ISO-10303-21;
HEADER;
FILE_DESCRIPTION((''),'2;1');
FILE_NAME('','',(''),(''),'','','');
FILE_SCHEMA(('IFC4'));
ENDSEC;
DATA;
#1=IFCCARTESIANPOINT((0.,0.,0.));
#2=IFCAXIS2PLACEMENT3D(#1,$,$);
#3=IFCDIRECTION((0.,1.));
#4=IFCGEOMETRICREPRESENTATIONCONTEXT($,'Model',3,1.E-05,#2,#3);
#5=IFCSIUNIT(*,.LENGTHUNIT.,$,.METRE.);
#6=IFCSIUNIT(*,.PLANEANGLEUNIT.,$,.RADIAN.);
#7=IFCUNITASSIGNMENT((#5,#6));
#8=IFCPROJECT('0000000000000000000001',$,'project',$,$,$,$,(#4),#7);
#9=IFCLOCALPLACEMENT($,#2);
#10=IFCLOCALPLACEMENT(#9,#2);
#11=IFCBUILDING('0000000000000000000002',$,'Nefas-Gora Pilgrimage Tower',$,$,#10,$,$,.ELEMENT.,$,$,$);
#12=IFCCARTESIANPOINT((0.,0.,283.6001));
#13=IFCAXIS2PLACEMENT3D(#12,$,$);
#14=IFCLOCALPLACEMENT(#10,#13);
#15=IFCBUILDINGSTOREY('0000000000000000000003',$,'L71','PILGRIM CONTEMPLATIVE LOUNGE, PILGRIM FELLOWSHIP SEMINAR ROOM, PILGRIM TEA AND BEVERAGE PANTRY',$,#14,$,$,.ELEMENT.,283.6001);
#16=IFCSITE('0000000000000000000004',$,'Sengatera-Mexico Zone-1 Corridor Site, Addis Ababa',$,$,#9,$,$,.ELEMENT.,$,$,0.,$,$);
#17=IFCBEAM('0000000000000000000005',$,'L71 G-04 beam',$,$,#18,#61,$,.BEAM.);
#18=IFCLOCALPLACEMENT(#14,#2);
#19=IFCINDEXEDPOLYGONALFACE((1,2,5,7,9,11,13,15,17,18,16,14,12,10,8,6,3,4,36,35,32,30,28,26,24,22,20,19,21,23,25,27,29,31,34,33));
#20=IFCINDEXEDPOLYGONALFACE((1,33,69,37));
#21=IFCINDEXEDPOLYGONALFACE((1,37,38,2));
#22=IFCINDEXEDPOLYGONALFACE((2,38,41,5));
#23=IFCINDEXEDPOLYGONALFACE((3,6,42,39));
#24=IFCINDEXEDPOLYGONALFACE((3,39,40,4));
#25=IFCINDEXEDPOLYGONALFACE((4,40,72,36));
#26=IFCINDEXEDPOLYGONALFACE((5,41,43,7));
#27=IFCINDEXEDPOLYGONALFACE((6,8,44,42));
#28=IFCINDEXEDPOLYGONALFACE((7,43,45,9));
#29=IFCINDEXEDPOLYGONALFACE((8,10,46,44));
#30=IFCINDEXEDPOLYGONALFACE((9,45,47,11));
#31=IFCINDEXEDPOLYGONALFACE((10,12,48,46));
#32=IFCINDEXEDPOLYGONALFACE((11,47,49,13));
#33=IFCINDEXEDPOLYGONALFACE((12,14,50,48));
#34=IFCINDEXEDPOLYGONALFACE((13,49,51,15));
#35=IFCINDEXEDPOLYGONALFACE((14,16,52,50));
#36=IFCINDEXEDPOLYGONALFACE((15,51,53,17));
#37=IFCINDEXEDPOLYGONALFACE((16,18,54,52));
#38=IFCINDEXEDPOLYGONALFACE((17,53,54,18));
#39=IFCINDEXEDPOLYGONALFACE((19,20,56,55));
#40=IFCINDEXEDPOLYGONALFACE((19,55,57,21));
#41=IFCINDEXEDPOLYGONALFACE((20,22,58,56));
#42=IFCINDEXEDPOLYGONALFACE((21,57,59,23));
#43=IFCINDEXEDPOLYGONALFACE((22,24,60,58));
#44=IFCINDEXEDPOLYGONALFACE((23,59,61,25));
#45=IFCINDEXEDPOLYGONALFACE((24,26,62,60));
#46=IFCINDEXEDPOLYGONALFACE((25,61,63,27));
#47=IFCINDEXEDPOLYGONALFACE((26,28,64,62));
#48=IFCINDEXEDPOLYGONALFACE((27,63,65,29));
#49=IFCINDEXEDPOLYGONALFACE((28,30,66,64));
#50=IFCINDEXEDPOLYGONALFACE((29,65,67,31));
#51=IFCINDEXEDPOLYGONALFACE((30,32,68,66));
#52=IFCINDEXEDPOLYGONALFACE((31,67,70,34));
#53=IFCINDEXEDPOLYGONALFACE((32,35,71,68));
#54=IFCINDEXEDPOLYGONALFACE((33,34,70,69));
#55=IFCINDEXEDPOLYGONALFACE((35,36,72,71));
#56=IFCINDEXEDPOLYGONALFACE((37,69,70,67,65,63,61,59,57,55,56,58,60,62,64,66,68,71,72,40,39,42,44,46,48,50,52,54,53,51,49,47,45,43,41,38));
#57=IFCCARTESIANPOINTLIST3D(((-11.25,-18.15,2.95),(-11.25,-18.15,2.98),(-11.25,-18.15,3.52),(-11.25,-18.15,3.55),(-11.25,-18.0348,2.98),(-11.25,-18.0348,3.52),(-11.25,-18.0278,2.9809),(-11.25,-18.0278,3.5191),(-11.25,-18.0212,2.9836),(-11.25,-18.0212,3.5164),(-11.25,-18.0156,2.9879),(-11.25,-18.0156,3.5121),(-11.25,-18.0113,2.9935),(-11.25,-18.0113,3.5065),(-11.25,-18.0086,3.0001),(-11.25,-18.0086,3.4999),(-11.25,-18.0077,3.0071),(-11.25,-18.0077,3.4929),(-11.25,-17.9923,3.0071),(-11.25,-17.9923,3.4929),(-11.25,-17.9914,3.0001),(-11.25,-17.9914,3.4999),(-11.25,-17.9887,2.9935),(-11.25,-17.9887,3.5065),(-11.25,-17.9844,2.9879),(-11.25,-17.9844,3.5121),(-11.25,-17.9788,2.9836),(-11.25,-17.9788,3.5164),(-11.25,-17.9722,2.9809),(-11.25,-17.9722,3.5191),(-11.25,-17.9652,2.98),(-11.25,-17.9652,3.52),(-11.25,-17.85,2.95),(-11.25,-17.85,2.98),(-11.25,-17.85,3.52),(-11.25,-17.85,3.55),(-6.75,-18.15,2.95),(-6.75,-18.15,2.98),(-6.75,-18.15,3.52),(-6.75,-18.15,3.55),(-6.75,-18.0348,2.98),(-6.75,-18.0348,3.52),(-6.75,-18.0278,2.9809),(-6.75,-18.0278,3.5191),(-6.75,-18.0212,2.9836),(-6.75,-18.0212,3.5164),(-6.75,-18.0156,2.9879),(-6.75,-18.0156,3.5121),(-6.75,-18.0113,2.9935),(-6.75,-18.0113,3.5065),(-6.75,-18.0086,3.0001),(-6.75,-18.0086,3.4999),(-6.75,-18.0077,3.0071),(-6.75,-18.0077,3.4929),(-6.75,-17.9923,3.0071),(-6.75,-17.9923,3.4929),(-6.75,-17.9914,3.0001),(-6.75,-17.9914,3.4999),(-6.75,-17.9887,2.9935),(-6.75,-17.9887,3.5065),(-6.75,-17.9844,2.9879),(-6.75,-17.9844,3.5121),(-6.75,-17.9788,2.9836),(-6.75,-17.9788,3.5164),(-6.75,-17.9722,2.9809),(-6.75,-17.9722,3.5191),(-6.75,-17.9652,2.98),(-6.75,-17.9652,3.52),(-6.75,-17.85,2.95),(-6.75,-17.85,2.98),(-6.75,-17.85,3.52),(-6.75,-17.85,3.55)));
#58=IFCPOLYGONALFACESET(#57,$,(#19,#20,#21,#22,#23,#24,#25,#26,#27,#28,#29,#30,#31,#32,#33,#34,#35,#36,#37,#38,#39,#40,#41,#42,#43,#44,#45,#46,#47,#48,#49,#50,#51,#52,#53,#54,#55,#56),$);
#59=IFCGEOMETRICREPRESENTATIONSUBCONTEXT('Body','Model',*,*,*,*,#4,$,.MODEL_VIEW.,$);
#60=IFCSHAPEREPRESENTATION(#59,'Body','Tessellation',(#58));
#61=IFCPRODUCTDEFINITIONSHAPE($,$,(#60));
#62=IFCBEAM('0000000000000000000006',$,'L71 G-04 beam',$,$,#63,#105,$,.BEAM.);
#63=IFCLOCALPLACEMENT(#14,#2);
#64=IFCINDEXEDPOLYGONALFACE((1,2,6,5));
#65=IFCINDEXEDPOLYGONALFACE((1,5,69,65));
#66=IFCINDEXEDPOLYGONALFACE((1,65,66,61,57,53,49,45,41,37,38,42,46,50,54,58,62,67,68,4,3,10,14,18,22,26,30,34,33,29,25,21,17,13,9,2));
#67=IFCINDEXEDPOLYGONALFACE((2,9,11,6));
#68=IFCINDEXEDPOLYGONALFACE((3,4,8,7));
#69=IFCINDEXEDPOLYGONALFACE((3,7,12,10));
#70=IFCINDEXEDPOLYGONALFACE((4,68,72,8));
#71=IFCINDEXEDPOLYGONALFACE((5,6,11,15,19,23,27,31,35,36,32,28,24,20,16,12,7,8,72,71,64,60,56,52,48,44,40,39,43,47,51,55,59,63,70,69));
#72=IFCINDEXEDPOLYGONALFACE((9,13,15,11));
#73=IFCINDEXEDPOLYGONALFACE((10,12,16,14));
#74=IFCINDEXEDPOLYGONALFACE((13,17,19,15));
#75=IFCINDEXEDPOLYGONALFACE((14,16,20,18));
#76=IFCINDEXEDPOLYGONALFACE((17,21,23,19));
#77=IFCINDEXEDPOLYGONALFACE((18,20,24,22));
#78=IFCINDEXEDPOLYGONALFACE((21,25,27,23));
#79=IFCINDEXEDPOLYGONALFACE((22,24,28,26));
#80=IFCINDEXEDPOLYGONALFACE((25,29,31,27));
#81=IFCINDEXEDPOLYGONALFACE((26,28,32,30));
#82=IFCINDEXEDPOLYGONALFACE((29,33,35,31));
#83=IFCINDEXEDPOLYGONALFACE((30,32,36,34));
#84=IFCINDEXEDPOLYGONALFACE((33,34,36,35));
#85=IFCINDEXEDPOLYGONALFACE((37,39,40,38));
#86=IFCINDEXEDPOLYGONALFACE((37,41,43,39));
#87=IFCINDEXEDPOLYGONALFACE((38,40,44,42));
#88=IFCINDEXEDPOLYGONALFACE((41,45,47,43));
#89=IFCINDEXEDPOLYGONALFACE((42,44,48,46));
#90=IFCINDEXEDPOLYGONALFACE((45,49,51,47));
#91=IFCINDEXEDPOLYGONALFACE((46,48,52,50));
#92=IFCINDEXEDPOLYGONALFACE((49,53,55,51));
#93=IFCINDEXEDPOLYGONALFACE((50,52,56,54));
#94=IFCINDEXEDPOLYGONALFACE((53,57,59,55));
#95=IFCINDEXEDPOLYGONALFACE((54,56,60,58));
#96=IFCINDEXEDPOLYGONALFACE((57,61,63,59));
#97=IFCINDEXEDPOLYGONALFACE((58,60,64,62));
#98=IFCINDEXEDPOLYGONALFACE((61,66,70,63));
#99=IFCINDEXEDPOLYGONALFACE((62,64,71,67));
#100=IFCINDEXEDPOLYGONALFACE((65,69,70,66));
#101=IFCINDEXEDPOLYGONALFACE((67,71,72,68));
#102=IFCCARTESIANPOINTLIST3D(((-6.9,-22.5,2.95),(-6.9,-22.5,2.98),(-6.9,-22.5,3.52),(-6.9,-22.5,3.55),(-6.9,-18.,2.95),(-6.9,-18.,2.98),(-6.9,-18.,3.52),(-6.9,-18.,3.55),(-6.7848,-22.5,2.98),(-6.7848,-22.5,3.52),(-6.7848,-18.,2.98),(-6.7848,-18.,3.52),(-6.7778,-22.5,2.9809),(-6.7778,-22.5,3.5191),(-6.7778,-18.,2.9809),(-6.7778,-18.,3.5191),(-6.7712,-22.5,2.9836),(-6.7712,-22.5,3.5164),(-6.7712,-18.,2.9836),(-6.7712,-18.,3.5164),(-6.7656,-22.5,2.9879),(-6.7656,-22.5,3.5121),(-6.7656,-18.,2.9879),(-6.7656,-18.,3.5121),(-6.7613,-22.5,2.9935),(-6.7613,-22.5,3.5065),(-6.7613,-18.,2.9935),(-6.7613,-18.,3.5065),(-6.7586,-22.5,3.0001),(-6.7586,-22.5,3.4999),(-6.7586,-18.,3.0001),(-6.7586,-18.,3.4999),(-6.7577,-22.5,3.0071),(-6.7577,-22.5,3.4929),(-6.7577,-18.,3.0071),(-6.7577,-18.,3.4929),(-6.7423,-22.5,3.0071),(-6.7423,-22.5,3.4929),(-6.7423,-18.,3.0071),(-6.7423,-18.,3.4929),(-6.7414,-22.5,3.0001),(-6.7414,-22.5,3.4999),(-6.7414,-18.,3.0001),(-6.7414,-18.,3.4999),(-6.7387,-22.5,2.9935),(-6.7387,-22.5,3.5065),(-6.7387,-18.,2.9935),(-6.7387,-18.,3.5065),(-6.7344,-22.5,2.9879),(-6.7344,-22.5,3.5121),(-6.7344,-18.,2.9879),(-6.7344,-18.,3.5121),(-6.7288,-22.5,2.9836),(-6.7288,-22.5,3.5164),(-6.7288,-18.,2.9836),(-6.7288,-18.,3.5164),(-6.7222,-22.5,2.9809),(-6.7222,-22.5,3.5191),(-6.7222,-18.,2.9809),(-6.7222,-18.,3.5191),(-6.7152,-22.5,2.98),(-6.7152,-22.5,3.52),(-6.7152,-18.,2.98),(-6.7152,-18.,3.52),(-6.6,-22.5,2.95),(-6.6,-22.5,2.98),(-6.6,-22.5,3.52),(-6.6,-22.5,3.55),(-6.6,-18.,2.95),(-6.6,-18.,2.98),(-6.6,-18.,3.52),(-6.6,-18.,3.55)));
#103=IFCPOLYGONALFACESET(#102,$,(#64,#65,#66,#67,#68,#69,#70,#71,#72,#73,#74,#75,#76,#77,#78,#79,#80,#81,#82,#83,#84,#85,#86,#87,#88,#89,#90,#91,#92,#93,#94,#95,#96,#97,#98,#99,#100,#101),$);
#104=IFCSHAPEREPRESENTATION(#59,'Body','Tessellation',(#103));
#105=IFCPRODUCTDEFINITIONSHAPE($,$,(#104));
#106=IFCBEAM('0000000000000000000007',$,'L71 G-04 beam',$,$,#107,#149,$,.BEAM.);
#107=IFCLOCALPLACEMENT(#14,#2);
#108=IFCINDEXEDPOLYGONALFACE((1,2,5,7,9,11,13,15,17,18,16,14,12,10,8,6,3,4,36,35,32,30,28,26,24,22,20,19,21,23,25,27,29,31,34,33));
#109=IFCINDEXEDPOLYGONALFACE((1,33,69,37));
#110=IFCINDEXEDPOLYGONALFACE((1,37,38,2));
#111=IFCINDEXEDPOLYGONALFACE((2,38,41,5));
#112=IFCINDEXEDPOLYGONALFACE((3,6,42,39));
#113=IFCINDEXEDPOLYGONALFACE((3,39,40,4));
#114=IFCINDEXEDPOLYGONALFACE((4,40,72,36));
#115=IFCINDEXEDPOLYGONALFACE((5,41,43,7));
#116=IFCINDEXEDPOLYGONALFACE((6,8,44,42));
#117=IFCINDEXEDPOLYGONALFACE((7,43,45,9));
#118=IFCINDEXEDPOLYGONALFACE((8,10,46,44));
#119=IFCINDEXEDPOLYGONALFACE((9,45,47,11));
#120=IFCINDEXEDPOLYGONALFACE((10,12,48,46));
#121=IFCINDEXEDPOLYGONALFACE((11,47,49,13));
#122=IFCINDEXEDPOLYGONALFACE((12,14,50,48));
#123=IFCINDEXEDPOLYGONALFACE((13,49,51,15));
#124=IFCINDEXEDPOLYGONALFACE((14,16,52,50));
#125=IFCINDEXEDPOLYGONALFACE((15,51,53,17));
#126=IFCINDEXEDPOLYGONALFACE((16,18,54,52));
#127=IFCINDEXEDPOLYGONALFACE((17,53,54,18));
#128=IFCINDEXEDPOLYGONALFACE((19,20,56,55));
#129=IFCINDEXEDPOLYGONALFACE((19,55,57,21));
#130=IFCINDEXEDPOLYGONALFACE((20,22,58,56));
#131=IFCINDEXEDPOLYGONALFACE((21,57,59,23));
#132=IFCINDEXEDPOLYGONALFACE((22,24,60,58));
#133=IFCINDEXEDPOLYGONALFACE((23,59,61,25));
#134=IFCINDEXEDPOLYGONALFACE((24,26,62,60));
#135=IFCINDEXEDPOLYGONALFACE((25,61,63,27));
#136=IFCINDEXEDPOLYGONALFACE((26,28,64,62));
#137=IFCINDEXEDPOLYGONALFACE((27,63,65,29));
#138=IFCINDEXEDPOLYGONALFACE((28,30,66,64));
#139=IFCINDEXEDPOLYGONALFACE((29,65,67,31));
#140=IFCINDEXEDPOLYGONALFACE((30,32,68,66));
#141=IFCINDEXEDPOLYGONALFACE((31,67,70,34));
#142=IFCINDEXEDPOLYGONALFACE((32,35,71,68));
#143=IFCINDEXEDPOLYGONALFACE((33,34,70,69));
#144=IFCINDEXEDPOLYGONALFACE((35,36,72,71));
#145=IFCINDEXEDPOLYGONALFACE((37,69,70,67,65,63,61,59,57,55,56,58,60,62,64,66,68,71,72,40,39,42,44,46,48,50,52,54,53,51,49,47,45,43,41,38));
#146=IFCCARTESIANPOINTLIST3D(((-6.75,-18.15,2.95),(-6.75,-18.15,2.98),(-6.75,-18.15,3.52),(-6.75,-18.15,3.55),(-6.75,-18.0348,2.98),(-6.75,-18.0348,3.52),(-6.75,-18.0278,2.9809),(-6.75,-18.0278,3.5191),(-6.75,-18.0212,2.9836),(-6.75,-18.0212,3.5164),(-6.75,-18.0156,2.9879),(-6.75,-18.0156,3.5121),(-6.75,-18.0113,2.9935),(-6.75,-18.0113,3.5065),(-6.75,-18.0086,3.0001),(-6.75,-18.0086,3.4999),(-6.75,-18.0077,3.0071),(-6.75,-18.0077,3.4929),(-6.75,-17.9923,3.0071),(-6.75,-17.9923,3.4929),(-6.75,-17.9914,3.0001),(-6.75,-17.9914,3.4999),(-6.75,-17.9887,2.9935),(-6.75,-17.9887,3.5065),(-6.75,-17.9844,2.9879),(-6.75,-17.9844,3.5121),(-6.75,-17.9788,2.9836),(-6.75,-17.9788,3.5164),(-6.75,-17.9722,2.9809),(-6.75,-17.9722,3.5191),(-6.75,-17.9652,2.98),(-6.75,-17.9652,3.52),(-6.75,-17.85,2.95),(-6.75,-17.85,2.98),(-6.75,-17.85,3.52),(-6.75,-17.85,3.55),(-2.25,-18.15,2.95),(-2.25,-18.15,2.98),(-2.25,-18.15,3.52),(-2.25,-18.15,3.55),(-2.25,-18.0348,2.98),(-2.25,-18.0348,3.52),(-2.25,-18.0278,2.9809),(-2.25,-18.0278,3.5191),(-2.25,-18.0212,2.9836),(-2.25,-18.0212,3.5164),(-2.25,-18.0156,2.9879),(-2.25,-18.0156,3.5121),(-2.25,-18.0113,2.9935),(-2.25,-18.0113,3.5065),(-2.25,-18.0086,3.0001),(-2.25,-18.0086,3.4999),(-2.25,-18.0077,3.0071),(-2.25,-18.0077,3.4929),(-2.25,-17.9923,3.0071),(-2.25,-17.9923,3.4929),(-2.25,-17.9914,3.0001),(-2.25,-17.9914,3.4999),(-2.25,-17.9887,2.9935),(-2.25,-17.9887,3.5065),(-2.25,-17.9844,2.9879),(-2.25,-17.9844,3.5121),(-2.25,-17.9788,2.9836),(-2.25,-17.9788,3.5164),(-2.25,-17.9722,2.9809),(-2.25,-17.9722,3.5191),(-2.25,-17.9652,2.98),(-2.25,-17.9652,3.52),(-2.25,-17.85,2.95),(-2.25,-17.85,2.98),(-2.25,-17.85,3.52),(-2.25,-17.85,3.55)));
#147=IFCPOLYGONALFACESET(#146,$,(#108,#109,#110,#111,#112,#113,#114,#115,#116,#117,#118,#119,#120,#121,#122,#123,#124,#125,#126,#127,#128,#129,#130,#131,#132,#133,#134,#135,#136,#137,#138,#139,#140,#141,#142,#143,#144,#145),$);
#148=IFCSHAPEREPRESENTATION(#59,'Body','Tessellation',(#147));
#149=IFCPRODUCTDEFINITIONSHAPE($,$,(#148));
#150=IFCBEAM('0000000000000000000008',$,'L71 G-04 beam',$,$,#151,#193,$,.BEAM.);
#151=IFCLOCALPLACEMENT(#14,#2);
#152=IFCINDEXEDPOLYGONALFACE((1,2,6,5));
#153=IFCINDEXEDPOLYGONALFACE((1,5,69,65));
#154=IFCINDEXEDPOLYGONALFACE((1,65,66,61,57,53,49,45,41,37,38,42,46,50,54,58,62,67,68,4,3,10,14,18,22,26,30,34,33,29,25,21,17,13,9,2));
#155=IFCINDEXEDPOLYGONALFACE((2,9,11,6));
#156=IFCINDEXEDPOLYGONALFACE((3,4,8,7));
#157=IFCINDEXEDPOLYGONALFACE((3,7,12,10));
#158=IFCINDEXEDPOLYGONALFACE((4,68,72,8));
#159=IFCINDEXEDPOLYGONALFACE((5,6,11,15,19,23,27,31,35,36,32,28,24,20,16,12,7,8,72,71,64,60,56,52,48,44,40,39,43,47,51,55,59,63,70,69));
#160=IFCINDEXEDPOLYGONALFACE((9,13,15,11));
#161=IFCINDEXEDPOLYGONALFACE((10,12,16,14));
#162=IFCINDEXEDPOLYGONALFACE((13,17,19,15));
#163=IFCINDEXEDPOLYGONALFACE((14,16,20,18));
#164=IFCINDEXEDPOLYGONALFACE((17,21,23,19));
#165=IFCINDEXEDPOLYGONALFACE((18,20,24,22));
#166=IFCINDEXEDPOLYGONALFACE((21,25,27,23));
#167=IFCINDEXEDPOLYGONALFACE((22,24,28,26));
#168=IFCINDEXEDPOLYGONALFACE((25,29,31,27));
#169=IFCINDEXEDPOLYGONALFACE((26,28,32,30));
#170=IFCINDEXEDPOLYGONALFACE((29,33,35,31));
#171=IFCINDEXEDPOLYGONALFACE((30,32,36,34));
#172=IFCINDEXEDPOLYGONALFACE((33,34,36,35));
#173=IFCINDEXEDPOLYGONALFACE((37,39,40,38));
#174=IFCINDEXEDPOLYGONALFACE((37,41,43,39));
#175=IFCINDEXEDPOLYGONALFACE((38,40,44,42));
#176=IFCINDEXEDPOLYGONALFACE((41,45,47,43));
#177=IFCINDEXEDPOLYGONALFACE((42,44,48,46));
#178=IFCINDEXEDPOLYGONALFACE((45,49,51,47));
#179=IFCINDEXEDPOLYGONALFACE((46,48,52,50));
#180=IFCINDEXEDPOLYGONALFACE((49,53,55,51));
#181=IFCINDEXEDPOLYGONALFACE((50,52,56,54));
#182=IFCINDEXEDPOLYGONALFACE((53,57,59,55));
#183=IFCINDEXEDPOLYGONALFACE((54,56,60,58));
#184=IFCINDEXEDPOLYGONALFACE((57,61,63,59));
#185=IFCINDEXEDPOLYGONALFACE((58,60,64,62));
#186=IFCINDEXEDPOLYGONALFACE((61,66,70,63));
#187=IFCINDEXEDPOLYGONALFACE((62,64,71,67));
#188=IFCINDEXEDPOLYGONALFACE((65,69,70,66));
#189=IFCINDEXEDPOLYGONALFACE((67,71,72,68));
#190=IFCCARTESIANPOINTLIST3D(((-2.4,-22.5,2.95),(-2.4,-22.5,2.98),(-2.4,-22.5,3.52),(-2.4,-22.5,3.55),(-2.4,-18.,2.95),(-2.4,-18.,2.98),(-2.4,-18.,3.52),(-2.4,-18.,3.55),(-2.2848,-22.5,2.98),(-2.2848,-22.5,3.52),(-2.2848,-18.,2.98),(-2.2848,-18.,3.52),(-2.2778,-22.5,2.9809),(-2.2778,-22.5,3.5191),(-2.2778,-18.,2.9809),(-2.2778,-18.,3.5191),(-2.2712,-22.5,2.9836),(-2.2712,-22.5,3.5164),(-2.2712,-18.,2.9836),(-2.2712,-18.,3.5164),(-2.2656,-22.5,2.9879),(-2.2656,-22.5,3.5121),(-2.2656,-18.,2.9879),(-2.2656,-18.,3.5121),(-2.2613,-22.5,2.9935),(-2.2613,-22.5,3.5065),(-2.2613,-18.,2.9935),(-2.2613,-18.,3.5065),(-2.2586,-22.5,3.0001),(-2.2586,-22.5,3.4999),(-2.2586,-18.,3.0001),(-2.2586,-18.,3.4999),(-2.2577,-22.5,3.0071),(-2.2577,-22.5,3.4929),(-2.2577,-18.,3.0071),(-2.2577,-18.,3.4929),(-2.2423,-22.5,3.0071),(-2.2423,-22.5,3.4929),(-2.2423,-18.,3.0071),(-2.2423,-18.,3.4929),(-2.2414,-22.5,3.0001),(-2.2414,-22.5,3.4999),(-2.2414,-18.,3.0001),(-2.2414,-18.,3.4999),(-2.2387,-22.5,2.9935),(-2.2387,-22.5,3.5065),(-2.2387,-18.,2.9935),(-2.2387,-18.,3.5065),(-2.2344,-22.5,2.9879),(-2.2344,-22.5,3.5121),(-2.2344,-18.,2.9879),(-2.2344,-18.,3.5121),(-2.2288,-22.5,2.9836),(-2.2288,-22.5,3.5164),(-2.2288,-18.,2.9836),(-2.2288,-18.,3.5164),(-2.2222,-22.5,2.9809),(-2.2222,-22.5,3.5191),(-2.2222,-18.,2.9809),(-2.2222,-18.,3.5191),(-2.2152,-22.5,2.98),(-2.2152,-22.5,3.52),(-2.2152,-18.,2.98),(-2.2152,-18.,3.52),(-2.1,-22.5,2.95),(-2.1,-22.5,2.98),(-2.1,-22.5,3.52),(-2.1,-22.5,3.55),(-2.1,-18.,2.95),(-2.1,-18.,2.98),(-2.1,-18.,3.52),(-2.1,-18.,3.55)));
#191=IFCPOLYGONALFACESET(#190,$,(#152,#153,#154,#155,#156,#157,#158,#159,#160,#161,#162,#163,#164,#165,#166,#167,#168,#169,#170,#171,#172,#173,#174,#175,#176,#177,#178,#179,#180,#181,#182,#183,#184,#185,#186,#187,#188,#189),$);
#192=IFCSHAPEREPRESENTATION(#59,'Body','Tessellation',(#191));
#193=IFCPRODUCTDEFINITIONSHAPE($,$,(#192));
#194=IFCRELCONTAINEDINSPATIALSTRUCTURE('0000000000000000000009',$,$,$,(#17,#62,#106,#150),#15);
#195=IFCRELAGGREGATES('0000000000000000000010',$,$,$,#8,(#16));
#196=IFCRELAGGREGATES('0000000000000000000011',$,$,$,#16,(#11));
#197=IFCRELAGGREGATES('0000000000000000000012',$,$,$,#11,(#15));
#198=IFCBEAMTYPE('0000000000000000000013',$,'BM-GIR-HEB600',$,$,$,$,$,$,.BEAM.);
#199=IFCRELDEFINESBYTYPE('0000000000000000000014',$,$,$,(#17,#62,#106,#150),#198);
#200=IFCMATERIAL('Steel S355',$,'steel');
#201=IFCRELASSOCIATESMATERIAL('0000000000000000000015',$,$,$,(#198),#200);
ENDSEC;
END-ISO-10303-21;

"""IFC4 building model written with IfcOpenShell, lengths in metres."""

from ifc_helpers import new_model, si_unit, direction, frame, origin, origin_2d, place, context, subcontext, project, spatial, i_section, extrude, source, transform, mapped, material, material_profile, profile_set, type_object, element, save


model = new_model("IFC4")

# Units and contexts
model_context = context("Model", 3, precision=1e-05, world=origin(), true_north=direction((0.0, 1.0)))
body_context = subcontext(model_context, "Body", "Model", "MODEL_VIEW")
ifc_project = project(units=[si_unit("LENGTHUNIT", "METRE"), si_unit("PLANEANGLEUNIT", "RADIAN")], contexts=[model_context])

# Site, building, storey
site_placement = place(None, origin())
site = spatial("IfcSite", under=ifc_project, at=site_placement, Name="Sengatera-Mexico Zone-1 Corridor Site, Addis Ababa", CompositionType="ELEMENT", RefElevation=0.0)
building_placement = place(site_placement, origin())
building = spatial("IfcBuilding", under=site, at=building_placement, Name="Nefas-Gora Pilgrimage Tower", CompositionType="ELEMENT")
storey_placement = place(building_placement, frame((0.0, 0.0, 283.6001)))
storey = spatial("IfcBuildingStorey", under=building, at=storey_placement, Name="L71", Description="PILGRIM CONTEMPLATIVE LOUNGE, PILGRIM FELLOWSHIP SEMINAR ROOM, PILGRIM TEA AND BEVERAGE PANTRY", CompositionType="ELEMENT", Elevation=283.6001)

# Shared definitions
ifc_material_1 = material(Name="Steel S355", Category="steel")

# Beams
ifc_material_profile_1 = material_profile(ifc_material_1, i_section(OverallWidth=0.3, OverallDepth=0.6001, WebThickness=0.0154, FlangeThickness=0.03, FilletRadius=0.0271, at=origin_2d()), Name="HEB 600")
ifc_profile_set_1 = profile_set([ifc_material_profile_1], Name="Steel S355")
beam_type_1 = type_object("IfcBeamType", Name="BM-GIR-HEB600", PredefinedType="BEAM", material=ifc_profile_set_1)
shared_shape_1 = source(origin(), body_context, "Body", "SweptSolid", [
    extrude(i_section(OverallWidth=0.3, OverallDepth=0.6001, WebThickness=0.0154, FlangeThickness=0.03, FilletRadius=0.0271, at=origin_2d()), origin(), (0.0, 0.0, 1.0), 4.5),
])
for number, where, z_axis, x_axis, name in (
    (1, (-11.25, -18.0, 3.25), (1.0, 0.0, 0.0), (0.0, 1.0, 0.0), "L71 G-04 beam"),
    (2, (-6.75, -22.5, 3.25), (0.0, 1.0, 0.0), (-1.0, 0.0, 0.0), "L71 G-04 beam"),
    (3, (-6.75, -18.0, 3.25), (1.0, 0.0, 0.0), (0.0, 1.0, 0.0), "L71 G-04 beam"),
    (4, (-2.25, -22.5, 3.25), (0.0, 1.0, 0.0), (-1.0, 0.0, 0.0), "L71 G-04 beam"),
):
    element("IfcBeam", number, at=place(storey_placement, frame(where, z_axis=z_axis, x_axis=x_axis)), inside=storey, type_object=beam_type_1, Name=name, PredefinedType="BEAM", context=body_context, shape_type="MappedRepresentation", body=[
        mapped(shared_shape_1, transform((0.0, 0.0, 0.0), x_axis=(1.0, 0.0, 0.0), y_axis=(0.0, 1.0, 0.0), z_axis=(0.0, 0.0, 1.0), scale=1.0)),
    ])

save(model, "model.ifc")
